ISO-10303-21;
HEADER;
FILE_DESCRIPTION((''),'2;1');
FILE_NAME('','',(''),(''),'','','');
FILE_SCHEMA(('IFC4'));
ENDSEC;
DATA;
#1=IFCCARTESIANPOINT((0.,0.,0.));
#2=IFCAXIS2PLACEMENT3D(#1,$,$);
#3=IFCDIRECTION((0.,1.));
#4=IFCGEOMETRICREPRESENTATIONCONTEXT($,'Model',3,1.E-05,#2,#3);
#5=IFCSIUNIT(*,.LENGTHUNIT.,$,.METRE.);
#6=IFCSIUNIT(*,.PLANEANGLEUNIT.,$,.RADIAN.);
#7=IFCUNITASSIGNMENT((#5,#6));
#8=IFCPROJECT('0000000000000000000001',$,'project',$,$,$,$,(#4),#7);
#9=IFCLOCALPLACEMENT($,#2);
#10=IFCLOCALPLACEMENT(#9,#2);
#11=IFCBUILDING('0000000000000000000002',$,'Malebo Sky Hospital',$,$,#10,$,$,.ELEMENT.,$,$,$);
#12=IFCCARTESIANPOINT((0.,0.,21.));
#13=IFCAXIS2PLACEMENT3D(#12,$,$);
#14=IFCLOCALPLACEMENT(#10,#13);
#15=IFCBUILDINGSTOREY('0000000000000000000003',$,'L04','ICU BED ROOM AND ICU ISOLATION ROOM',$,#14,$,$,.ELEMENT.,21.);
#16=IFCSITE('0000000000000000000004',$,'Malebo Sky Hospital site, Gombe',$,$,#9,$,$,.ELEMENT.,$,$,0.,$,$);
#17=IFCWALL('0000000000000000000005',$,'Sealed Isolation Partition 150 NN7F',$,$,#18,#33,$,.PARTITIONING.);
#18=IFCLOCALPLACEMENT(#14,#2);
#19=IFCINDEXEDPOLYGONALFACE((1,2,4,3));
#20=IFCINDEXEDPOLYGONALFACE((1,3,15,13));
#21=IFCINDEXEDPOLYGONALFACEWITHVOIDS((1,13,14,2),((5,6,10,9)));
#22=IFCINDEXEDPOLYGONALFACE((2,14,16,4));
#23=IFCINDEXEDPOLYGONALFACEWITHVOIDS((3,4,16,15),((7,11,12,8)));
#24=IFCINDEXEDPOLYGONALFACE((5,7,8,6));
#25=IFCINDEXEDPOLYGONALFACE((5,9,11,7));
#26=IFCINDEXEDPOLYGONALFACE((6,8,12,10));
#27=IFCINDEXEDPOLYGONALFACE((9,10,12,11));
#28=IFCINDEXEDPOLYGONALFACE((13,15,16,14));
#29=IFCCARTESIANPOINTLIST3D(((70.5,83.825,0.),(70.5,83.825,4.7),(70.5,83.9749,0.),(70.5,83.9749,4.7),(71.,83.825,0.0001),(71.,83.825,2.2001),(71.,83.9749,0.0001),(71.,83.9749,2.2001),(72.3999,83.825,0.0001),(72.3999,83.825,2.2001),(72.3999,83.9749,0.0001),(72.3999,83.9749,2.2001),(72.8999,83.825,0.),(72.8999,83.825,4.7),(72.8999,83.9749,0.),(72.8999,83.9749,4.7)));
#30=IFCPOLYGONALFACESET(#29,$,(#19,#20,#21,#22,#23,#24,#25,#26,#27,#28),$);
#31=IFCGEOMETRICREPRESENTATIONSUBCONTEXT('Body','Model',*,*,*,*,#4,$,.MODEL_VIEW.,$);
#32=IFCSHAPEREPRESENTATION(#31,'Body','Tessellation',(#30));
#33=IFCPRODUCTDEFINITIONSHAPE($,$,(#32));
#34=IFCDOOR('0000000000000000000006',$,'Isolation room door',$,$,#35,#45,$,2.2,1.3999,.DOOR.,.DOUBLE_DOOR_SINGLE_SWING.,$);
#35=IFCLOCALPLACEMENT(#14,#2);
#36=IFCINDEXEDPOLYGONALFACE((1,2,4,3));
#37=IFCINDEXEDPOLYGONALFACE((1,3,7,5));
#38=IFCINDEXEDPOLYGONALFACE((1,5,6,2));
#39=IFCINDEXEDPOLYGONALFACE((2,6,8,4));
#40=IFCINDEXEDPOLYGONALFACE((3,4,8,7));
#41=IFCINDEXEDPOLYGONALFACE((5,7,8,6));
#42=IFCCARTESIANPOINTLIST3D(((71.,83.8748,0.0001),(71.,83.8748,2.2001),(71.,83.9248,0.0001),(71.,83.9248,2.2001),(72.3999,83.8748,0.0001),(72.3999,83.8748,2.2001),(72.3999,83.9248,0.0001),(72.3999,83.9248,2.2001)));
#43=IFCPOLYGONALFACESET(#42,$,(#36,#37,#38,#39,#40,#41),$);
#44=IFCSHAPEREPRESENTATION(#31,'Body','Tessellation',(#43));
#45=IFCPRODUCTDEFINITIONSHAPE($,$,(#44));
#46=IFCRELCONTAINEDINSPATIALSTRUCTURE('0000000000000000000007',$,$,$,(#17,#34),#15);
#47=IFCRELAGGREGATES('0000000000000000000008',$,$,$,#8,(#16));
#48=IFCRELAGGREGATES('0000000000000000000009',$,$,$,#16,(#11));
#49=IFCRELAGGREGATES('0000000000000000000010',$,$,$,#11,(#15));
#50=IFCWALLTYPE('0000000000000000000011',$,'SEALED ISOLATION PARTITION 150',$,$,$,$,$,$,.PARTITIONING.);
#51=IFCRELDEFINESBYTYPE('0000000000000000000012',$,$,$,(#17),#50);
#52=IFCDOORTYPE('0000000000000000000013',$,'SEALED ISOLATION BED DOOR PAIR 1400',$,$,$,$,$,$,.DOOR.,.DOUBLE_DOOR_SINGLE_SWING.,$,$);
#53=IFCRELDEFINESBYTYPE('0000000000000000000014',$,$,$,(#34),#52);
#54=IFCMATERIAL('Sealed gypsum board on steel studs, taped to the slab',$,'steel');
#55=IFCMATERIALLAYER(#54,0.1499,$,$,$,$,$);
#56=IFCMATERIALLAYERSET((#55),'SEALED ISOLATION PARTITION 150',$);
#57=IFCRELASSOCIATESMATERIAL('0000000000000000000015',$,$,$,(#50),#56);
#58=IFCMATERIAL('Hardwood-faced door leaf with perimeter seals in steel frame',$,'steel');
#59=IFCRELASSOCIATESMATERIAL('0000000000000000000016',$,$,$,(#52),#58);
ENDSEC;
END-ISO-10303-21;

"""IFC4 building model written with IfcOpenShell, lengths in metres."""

from ifc_helpers import new_model, si_unit, direction, frame, frame_2d, origin, place, context, subcontext, project, spatial, rectangle, extrude, material, layer, layer_set, type_object, element, fill, save


model = new_model("IFC4")

# Units and contexts
model_context = context("Model", 3, precision=1e-05, world=origin(), true_north=direction((0.0, 1.0)))
body_context = subcontext(model_context, "Body", "Model", "MODEL_VIEW")
ifc_project = project(units=[si_unit("LENGTHUNIT", "METRE"), si_unit("PLANEANGLEUNIT", "RADIAN")], contexts=[model_context])

# Site, building, storey
site_placement = place(None, origin())
site = spatial("IfcSite", under=ifc_project, at=site_placement, Name="Malebo Sky Hospital site, Gombe", CompositionType="ELEMENT", RefElevation=0.0)
building_placement = place(site_placement, origin())
building = spatial("IfcBuilding", under=site, at=building_placement, Name="Malebo Sky Hospital", CompositionType="ELEMENT")
storey_placement = place(building_placement, frame((0.0, 0.0, 21.0)))
storey = spatial("IfcBuildingStorey", under=building, at=storey_placement, Name="L04", Description="ICU BED ROOM AND ICU ISOLATION ROOM", CompositionType="ELEMENT", Elevation=21.0)

# Wall, opening, door
ifc_material_1 = material(Name="Sealed gypsum board on steel studs, taped to the slab", Category="steel")
ifc_layer_1 = layer(ifc_material_1, 0.1499)
ifc_layer_set_1 = layer_set([ifc_layer_1], Name="SEALED ISOLATION PARTITION 150")
wall_type_1 = type_object("IfcWallType", Name="SEALED ISOLATION PARTITION 150", PredefinedType="PARTITIONING", material=ifc_layer_set_1)
wall_1_placement = place(storey_placement, frame((70.5, 83.8999, 0.0), z_axis=(0.0, 0.0, 1.0), x_axis=(1.0, 0.0, 0.0)))
wall_1 = element("IfcWall", 1, at=wall_1_placement, inside=storey, type_object=wall_type_1, Name="Sealed Isolation Partition 150 NN7F", PredefinedType="PARTITIONING", context=body_context, shape_type="SweptSolid", body=[
    extrude(rectangle(XDim=2.3999, YDim=0.1499, at=frame_2d((1.2, 0.0))), origin(), (0.0, 0.0, 1.0), 4.7),
])
opening_1_placement = place(wall_1_placement, frame((0.5, 0.0, 0.0)))
opening_1 = element("IfcOpeningElement", 2, at=opening_1_placement, cuts=wall_1, PredefinedType="OPENING", context=body_context, shape_type="SweptSolid", body=[
    extrude(rectangle(XDim=1.3999, YDim=2.2, at=frame_2d((0.7, 1.1001))), frame((0.0, 0.085, 0.0), z_axis=(0.0, -1.0, 0.0), x_axis=(1.0, 0.0, 0.0)), (0.0, 0.0, 1.0), 0.1699),
])
ifc_material_2 = material(Name="Hardwood-faced door leaf with perimeter seals in steel frame", Category="steel")
door_type_1 = type_object("IfcDoorType", Name="SEALED ISOLATION BED DOOR PAIR 1400", OperationType="DOUBLE_DOOR_SINGLE_SWING", PredefinedType="DOOR", material=ifc_material_2)
door_1_placement = place(opening_1_placement, origin())
door_1 = element("IfcDoor", 3, at=door_1_placement, inside=storey, type_object=door_type_1, Name="Isolation room door", OperationType="DOUBLE_DOOR_SINGLE_SWING", OverallHeight=2.2, OverallWidth=1.3999, PredefinedType="DOOR", context=body_context, shape_type="SweptSolid", body=[
    extrude(rectangle(XDim=1.3999, YDim=2.2, at=frame_2d((0.7, 1.1001))), frame((0.0, 0.0249, 0.0), z_axis=(0.0, -1.0, 0.0), x_axis=(1.0, 0.0, 0.0)), (0.0, 0.0, 1.0), 0.05),
])
fill(opening_1, door_1)

save(model, "model.ifc")
